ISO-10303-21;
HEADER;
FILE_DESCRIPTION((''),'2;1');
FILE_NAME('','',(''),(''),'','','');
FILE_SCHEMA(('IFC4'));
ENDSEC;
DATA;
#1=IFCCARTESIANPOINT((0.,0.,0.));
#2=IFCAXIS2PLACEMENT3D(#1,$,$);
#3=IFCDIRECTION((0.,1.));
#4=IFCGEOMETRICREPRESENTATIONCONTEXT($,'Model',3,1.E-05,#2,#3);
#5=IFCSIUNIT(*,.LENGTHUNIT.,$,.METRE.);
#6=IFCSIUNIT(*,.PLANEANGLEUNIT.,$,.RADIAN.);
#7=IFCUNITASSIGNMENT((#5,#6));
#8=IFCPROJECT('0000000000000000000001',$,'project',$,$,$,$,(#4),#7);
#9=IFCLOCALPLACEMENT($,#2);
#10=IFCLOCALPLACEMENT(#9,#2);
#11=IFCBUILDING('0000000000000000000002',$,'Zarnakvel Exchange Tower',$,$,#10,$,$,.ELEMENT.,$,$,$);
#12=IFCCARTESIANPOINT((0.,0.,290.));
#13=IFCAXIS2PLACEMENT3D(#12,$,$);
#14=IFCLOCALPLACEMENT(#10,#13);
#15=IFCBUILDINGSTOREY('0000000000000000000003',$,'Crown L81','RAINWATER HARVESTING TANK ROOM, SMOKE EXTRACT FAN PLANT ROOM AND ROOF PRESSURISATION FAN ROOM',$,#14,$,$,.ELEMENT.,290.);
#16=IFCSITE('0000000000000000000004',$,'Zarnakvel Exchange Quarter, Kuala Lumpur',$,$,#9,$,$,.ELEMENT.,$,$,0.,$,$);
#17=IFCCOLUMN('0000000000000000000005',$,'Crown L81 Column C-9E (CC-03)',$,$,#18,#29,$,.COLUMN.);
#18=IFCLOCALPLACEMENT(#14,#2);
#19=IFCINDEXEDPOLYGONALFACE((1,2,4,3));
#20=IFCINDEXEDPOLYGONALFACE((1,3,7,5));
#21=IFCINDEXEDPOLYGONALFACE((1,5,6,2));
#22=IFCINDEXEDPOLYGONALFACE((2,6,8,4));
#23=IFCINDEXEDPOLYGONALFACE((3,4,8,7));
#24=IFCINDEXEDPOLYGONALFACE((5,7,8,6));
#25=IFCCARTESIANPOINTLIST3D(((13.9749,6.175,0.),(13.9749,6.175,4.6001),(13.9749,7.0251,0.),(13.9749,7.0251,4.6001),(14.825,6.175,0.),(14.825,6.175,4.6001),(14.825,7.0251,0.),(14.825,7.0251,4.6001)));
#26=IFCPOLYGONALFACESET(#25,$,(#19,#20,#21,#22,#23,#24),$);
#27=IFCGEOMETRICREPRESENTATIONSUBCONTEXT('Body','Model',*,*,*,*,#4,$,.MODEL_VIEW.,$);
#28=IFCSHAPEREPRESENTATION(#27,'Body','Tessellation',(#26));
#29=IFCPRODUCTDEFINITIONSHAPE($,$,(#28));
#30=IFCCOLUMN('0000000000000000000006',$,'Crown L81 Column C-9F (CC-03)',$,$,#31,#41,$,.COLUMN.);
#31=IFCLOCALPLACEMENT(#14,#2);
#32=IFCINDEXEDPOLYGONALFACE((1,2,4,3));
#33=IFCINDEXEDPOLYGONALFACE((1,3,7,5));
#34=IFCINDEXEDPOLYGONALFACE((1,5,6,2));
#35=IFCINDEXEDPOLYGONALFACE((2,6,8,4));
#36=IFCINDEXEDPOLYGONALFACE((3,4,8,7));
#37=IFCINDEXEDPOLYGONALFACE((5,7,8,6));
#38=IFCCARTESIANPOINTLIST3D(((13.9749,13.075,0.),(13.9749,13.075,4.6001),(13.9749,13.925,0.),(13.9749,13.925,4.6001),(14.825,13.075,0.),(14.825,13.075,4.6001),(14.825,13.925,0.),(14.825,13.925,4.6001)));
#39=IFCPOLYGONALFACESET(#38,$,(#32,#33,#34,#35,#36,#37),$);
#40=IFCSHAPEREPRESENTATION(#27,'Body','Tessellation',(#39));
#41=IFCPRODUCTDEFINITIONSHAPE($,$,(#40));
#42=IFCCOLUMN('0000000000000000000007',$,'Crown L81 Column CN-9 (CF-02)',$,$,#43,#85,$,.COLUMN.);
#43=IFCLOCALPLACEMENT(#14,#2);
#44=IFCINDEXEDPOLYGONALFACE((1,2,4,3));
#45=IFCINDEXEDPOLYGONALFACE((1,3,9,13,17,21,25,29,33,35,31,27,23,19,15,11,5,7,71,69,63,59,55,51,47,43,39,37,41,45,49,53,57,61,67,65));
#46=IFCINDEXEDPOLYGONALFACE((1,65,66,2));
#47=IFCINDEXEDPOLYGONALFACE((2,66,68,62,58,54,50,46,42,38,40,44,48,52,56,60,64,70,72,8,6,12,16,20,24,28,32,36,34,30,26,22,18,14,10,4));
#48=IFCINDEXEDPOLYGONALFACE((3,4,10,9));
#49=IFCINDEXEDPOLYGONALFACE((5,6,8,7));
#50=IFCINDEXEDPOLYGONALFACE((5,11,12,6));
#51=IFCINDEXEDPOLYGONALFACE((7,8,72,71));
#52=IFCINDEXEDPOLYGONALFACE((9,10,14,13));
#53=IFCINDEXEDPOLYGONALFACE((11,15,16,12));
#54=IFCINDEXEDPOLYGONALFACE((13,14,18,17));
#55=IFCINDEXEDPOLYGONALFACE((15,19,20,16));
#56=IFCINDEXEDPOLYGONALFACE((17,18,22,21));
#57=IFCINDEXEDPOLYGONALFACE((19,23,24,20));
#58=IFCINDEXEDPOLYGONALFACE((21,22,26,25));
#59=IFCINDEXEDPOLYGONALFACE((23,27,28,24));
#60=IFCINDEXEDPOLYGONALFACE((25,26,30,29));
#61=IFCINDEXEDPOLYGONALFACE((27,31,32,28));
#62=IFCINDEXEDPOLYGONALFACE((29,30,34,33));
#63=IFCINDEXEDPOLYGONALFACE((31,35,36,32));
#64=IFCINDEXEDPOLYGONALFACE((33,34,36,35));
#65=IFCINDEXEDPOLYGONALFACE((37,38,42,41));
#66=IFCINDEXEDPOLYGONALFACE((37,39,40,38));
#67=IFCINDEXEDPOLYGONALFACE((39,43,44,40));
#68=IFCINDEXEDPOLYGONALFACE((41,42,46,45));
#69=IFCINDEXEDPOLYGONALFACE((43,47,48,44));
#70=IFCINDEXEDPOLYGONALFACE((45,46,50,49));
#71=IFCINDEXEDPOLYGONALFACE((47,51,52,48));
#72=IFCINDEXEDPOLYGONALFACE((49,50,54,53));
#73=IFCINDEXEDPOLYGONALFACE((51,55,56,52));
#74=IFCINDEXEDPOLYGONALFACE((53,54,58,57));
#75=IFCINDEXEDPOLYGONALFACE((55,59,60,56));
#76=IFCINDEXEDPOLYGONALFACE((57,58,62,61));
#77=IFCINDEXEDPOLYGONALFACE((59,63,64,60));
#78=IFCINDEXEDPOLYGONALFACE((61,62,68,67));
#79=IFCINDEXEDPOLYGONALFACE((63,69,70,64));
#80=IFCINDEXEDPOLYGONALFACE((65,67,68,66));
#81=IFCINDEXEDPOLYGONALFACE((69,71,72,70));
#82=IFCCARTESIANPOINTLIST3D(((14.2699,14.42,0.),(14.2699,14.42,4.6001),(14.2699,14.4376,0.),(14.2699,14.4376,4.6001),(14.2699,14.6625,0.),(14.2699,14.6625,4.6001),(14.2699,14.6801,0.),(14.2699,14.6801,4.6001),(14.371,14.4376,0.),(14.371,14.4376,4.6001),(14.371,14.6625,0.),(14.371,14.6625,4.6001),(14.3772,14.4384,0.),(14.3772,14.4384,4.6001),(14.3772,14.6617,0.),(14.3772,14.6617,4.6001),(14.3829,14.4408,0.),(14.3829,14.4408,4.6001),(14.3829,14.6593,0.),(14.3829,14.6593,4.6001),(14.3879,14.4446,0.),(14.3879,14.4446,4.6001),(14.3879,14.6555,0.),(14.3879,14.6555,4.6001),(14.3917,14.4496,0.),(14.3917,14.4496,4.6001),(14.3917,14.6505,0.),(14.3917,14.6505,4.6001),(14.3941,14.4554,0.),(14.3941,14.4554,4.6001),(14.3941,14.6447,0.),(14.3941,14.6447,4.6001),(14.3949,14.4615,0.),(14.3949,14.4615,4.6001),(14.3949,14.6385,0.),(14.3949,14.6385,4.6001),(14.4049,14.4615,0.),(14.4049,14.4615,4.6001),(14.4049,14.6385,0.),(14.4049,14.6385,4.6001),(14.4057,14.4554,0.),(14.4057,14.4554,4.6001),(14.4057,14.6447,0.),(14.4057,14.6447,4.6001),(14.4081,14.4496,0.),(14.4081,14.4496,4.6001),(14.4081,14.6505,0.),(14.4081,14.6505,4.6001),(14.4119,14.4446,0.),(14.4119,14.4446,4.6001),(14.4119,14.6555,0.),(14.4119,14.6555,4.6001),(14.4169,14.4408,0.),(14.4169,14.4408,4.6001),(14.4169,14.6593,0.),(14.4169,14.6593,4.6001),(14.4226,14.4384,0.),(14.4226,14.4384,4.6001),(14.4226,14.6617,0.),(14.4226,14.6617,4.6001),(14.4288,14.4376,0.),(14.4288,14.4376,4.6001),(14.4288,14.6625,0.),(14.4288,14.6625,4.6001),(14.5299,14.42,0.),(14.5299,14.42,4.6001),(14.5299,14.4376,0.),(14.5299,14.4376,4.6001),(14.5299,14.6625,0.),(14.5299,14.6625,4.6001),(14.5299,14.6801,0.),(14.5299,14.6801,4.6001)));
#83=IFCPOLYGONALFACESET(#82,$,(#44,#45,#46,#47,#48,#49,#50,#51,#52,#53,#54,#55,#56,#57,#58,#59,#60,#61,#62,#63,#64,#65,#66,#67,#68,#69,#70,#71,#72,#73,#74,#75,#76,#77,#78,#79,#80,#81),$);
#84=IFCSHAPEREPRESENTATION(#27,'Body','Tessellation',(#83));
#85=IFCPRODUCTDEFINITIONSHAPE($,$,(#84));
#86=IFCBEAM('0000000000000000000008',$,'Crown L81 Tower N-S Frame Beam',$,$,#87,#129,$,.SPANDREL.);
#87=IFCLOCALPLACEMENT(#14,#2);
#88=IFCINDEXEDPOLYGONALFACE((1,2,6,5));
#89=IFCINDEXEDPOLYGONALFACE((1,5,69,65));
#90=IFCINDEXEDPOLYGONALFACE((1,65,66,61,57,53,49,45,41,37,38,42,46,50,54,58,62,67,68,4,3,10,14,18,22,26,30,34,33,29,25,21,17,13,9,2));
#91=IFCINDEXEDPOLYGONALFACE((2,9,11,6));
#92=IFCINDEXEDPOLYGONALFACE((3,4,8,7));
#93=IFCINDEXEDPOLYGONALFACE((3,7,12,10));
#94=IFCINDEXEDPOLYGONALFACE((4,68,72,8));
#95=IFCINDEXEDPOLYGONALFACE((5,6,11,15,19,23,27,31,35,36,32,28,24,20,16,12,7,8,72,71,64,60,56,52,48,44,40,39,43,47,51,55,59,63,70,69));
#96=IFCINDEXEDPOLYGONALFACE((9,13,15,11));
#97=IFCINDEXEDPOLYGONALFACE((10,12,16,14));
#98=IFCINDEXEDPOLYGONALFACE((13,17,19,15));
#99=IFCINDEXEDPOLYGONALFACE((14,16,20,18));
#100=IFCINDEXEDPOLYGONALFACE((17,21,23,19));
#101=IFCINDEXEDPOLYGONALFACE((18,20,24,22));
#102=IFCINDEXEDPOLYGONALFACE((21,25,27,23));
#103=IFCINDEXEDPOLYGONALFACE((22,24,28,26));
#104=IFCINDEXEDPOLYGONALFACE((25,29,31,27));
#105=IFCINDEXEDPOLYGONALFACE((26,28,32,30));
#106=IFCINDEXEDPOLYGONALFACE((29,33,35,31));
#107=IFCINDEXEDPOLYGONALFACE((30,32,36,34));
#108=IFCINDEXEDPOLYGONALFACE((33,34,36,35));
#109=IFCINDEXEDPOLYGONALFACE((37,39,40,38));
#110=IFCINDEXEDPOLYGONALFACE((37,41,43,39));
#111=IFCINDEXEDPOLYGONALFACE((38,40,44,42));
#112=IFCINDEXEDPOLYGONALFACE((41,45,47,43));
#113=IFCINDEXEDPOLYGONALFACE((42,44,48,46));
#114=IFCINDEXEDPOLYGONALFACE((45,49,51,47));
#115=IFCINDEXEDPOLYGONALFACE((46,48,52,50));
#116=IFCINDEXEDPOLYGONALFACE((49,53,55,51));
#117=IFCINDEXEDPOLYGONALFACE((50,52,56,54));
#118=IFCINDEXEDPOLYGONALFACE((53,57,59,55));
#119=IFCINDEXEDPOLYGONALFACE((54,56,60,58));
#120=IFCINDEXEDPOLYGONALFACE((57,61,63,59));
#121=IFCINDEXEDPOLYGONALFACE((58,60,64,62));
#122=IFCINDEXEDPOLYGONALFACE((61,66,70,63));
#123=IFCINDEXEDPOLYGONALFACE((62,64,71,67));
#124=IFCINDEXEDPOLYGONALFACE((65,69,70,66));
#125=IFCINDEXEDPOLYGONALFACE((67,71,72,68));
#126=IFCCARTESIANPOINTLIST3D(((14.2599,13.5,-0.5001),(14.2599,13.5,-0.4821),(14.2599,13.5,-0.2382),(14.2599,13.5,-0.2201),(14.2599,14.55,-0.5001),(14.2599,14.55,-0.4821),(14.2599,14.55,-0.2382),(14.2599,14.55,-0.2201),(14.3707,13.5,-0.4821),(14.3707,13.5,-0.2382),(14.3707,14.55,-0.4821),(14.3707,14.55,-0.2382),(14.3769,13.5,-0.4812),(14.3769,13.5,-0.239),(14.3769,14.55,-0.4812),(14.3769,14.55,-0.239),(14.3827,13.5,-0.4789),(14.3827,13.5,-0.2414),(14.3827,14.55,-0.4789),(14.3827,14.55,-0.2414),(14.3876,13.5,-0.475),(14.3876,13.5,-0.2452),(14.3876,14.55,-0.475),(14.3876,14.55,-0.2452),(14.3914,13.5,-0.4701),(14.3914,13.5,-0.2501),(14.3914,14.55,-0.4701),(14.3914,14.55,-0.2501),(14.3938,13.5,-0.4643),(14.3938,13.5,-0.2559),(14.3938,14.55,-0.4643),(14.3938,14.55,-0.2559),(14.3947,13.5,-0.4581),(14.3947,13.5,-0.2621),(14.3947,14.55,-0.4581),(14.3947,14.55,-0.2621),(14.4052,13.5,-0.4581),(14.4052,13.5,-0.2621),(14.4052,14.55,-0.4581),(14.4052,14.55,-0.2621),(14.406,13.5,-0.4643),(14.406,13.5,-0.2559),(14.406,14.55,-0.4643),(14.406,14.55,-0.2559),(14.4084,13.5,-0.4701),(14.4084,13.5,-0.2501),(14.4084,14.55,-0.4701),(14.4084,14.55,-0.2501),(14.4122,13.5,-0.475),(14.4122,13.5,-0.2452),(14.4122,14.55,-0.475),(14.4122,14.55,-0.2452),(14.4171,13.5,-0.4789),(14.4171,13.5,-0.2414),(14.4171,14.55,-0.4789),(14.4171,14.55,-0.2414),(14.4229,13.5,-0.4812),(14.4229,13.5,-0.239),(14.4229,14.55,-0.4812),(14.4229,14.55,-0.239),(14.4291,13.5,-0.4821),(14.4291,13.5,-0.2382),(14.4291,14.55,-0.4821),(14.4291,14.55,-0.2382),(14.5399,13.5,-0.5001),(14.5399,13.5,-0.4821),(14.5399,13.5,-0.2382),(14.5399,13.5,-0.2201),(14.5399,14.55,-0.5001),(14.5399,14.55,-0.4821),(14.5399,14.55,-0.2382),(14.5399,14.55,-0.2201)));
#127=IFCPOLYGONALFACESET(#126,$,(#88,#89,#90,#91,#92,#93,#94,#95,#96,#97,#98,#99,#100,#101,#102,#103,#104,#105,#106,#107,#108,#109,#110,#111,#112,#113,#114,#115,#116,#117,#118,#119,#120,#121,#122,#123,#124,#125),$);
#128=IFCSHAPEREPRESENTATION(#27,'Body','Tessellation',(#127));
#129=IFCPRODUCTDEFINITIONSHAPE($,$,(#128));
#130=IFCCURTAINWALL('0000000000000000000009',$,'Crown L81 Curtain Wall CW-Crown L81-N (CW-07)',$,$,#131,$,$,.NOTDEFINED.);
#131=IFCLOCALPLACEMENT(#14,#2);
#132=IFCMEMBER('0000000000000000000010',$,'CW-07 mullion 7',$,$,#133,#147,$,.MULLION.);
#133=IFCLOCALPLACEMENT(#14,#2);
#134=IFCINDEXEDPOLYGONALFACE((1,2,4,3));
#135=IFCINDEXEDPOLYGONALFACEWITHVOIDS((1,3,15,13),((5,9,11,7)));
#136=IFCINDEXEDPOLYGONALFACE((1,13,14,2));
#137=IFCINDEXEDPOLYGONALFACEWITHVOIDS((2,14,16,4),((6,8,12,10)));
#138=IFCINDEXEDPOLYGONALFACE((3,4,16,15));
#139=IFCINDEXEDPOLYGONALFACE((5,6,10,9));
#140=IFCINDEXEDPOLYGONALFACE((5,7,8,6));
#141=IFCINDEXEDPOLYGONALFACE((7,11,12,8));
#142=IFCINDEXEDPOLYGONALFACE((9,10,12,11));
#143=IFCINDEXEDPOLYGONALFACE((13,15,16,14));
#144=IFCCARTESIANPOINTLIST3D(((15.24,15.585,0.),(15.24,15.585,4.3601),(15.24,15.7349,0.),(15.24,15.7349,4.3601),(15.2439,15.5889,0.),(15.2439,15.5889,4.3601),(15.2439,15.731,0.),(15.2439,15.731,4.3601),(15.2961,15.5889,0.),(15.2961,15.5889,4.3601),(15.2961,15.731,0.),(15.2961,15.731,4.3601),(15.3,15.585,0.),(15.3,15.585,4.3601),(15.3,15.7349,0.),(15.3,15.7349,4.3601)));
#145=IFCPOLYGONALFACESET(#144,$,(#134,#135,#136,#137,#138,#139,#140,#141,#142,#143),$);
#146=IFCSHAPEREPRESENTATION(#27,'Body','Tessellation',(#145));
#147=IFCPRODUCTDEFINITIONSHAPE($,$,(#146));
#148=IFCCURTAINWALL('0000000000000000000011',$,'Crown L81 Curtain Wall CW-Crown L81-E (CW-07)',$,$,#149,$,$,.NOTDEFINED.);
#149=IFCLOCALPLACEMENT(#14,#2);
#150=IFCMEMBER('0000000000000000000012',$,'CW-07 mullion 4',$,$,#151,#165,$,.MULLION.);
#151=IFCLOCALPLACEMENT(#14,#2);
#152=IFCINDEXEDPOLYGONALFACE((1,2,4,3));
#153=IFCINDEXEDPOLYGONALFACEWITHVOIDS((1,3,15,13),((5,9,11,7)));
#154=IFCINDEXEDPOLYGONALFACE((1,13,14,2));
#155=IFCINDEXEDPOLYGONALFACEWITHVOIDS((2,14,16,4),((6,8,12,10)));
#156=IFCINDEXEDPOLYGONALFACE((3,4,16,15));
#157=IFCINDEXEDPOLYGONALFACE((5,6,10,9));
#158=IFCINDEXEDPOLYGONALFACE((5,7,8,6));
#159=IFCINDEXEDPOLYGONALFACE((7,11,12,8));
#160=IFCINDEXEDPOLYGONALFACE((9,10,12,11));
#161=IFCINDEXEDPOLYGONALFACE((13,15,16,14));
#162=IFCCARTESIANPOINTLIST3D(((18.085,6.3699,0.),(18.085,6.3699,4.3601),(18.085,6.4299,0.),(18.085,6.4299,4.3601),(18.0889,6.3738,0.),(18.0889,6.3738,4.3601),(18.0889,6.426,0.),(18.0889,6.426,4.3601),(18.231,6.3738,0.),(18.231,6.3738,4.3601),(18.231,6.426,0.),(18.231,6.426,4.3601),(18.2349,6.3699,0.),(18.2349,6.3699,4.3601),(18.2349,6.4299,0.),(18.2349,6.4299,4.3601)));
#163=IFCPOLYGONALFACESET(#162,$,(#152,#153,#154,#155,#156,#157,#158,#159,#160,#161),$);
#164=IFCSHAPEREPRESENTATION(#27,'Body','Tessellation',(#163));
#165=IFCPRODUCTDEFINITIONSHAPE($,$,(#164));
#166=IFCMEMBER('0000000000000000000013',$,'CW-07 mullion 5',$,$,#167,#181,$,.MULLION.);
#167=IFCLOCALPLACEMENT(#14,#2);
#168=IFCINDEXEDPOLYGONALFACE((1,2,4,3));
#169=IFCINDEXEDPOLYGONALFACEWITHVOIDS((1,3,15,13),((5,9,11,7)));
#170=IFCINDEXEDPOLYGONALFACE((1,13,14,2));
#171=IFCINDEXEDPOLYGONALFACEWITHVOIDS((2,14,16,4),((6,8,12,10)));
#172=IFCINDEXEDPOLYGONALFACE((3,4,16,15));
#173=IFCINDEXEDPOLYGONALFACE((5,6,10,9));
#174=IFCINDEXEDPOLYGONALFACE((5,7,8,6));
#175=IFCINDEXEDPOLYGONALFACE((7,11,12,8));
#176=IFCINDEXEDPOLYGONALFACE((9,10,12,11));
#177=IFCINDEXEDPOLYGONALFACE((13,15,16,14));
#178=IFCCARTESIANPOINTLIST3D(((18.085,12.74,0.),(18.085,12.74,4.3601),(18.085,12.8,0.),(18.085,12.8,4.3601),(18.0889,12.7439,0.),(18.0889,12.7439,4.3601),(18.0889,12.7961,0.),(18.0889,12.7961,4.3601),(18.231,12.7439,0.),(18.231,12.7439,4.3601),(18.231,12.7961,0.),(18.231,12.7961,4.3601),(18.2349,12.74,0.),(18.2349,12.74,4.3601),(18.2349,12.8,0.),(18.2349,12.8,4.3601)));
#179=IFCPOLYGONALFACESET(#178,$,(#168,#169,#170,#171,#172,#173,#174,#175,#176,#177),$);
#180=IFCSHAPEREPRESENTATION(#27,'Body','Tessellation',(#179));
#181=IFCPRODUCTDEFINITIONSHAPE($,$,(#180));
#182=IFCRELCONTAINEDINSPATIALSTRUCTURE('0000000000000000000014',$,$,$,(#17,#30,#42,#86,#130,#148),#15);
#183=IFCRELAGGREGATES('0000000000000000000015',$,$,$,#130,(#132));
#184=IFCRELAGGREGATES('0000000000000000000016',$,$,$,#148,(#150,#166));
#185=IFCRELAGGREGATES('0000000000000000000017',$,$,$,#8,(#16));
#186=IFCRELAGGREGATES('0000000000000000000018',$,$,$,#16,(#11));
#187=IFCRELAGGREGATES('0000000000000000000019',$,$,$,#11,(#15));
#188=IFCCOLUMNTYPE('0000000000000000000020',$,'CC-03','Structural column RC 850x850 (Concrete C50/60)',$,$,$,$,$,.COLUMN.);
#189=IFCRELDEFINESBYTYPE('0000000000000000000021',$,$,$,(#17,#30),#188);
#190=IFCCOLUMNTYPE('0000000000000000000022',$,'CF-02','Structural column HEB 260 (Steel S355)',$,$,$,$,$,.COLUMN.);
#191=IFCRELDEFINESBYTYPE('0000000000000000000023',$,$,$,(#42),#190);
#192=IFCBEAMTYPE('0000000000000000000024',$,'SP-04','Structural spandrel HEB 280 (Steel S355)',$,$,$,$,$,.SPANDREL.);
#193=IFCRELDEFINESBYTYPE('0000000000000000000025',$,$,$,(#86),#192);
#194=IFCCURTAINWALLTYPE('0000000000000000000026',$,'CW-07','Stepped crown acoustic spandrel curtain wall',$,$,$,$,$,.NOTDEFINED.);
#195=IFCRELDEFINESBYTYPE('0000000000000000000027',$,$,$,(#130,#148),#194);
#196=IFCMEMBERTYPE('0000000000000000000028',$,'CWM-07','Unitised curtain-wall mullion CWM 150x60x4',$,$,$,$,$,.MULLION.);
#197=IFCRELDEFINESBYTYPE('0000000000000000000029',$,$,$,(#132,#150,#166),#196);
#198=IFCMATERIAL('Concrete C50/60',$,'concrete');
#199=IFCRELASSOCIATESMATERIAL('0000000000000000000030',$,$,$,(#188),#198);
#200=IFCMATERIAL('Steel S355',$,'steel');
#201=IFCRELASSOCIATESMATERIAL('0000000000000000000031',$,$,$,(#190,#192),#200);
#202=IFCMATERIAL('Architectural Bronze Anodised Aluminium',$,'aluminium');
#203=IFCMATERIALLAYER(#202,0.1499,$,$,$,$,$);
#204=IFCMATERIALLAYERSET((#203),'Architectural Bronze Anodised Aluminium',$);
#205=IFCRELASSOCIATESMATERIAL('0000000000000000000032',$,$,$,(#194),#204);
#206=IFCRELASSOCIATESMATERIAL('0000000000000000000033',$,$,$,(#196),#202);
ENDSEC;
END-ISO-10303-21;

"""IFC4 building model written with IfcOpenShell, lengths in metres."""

from ifc_helpers import new_model, si_unit, direction, frame, origin, origin_2d, place, context, subcontext, project, spatial, rectangle, hollow_rectangle, i_section, extrude, source, transform, mapped, material, layer, layer_set, material_profile, profile_set, type_object, element, aggregate, save


model = new_model("IFC4")

# Units and contexts
model_context = context("Model", 3, precision=1e-05, world=origin(), true_north=direction((0.0, 1.0)))
body_context = subcontext(model_context, "Body", "Model", "MODEL_VIEW")
ifc_project = project(units=[si_unit("LENGTHUNIT", "METRE"), si_unit("PLANEANGLEUNIT", "RADIAN")], contexts=[model_context])

# Site, building, storey
site_placement = place(None, origin())
site = spatial("IfcSite", under=ifc_project, at=site_placement, Name="Zarnakvel Exchange Quarter, Kuala Lumpur", CompositionType="ELEMENT", RefElevation=0.0)
building_placement = place(site_placement, origin())
building = spatial("IfcBuilding", under=site, at=building_placement, Name="Zarnakvel Exchange Tower", CompositionType="ELEMENT")
storey_placement = place(building_placement, frame((0.0, 0.0, 290.0)))
storey = spatial("IfcBuildingStorey", under=building, at=storey_placement, Name="Crown L81", Description="RAINWATER HARVESTING TANK ROOM, SMOKE EXTRACT FAN PLANT ROOM AND ROOF PRESSURISATION FAN ROOM", CompositionType="ELEMENT", Elevation=290.0)

# Columns
ifc_material_1 = material(Name="Concrete C50/60", Category="concrete")
ifc_material_profile_1 = material_profile(ifc_material_1, rectangle(XDim=0.8501, YDim=0.8501, at=origin_2d()))
ifc_profile_set_1 = profile_set([ifc_material_profile_1], Name="Concrete C50/60")
column_type_1 = type_object("IfcColumnType", Name="CC-03", Description="Structural column RC 850x850 (Concrete C50/60)", PredefinedType="COLUMN", material=ifc_profile_set_1)
for number, where, z_axis, x_axis, name in (
    (1, (14.3999, 6.6001, 0.0), (0.0, 0.0, 1.0), (1.0, 0.0, 0.0), "Crown L81 Column C-9E (CC-03)"),
    (2, (14.3999, 13.5, 0.0), (0.0, 0.0, 1.0), (1.0, 0.0, 0.0), "Crown L81 Column C-9F (CC-03)"),
):
    element("IfcColumn", number, at=place(storey_placement, frame(where, z_axis=z_axis, x_axis=x_axis)), inside=storey, type_object=column_type_1, Name=name, PredefinedType="COLUMN", context=body_context, shape_type="SweptSolid", body=[
        extrude(rectangle(XDim=0.8501, YDim=0.8501, at=origin_2d()), origin(), (0.0, 0.0, 1.0), 4.6001),
    ])
ifc_material_2 = material(Name="Steel S355", Category="steel")
ifc_material_profile_2 = material_profile(ifc_material_2, i_section(OverallWidth=0.26, OverallDepth=0.26, WebThickness=0.01, FlangeThickness=0.0176, FilletRadius=0.0239, at=origin_2d()))
ifc_profile_set_2 = profile_set([ifc_material_profile_2], Name="Steel S355")
column_type_2 = type_object("IfcColumnType", Name="CF-02", Description="Structural column HEB 260 (Steel S355)", PredefinedType="COLUMN", material=ifc_profile_set_2)
column_placement = place(storey_placement, frame((14.3999, 14.55, 0.0), z_axis=(0.0, 0.0, 1.0), x_axis=(1.0, 0.0, 0.0)))
element("IfcColumn", 3, at=column_placement, inside=storey, type_object=column_type_2, Name="Crown L81 Column CN-9 (CF-02)", PredefinedType="COLUMN", context=body_context, shape_type="SweptSolid", body=[
    extrude(i_section(OverallWidth=0.26, OverallDepth=0.26, WebThickness=0.01, FlangeThickness=0.0176, FilletRadius=0.0239, at=origin_2d()), origin(), (0.0, 0.0, 1.0), 4.6001),
])

# Beam
ifc_material_profile_3 = material_profile(ifc_material_2, i_section(OverallWidth=0.28, OverallDepth=0.28, WebThickness=0.0105, FlangeThickness=0.0181, FilletRadius=0.0239, at=origin_2d()))
ifc_profile_set_3 = profile_set([ifc_material_profile_3], Name="Steel S355")
beam_type = type_object("IfcBeamType", Name="SP-04", Description="Structural spandrel HEB 280 (Steel S355)", PredefinedType="SPANDREL", material=ifc_profile_set_3)
beam_placement = place(storey_placement, frame((14.3999, 13.5, -0.3601), z_axis=(0.0, 1.0, 0.0), x_axis=(-1.0, 0.0, 0.0)))
element("IfcBeam", 4, at=beam_placement, inside=storey, type_object=beam_type, Name="Crown L81 Tower N-S Frame Beam", PredefinedType="SPANDREL", context=body_context, shape_type="SweptSolid", body=[
    extrude(i_section(OverallWidth=0.28, OverallDepth=0.28, WebThickness=0.0105, FlangeThickness=0.0181, FilletRadius=0.0239, at=origin_2d()), origin(), (0.0, 0.0, 1.0), 1.05),
])

# Curtain wall, member
ifc_material_3 = material(Name="Architectural Bronze Anodised Aluminium", Category="aluminium")
ifc_layer_1 = layer(ifc_material_3, 0.1499)
ifc_layer_set_1 = layer_set([ifc_layer_1], Name="Architectural Bronze Anodised Aluminium")
curtain_wall_type = type_object("IfcCurtainWallType", Name="CW-07", Description="Stepped crown acoustic spandrel curtain wall", PredefinedType="NOTDEFINED", material=ifc_layer_set_1)
curtain_wall_1_placement = place(storey_placement, origin())
curtain_wall_1 = element("IfcCurtainWall", 5, at=curtain_wall_1_placement, inside=storey, type_object=curtain_wall_type, Name="Crown L81 Curtain Wall CW-Crown L81-N (CW-07)", PredefinedType="NOTDEFINED")
ifc_material_profile_4 = material_profile(ifc_material_3, hollow_rectangle(XDim=0.1499, YDim=0.0601, WallThickness=0.0039, at=origin_2d()))
ifc_profile_set_4 = profile_set([ifc_material_profile_4], Name="Architectural Bronze Anodised Aluminium")
member_type_1 = type_object("IfcMemberType", Name="CWM-07", Description="Unitised curtain-wall mullion CWM 150x60x4", PredefinedType="MULLION", material=ifc_profile_set_4)
shared_shape_1 = source(origin(), body_context, "Body", "SweptSolid", [
    extrude(hollow_rectangle(XDim=0.1499, YDim=0.0601, WallThickness=0.0039, at=origin_2d()), origin(), (0.0, 0.0, 1.0), 4.3601),
])
member_1_placement = place(storey_placement, frame((15.27, 15.6599, 0.0), z_axis=(0.0, 0.0, 1.0), x_axis=(0.0, 1.0, 0.0)))
member_1 = element("IfcMember", 6, at=member_1_placement, type_object=member_type_1, Name="CW-07 mullion 7", PredefinedType="MULLION", context=body_context, shape_type="MappedRepresentation", body=[
    mapped(shared_shape_1, transform((0.0, 0.0, 0.0), x_axis=(1.0, 0.0, 0.0), y_axis=(0.0, 1.0, 0.0), z_axis=(0.0, 0.0, 1.0), scale=1.0)),
])

# Curtain wall, members
curtain_wall_2_placement = place(storey_placement, origin())
curtain_wall_2 = element("IfcCurtainWall", 7, at=curtain_wall_2_placement, inside=storey, type_object=curtain_wall_type, Name="Crown L81 Curtain Wall CW-Crown L81-E (CW-07)", PredefinedType="NOTDEFINED")
member_2_placement = place(storey_placement, frame((18.1599, 6.3999, 0.0), z_axis=(0.0, 0.0, 1.0), x_axis=(-1.0, 0.0, 0.0)))
member_2 = element("IfcMember", 8, at=member_2_placement, type_object=member_type_1, Name="CW-07 mullion 4", PredefinedType="MULLION", context=body_context, shape_type="MappedRepresentation", body=[
    mapped(shared_shape_1, transform((0.0, 0.0, 0.0), x_axis=(1.0, 0.0, 0.0), y_axis=(0.0, 1.0, 0.0), z_axis=(0.0, 0.0, 1.0), scale=1.0)),
])
member_3_placement = place(storey_placement, frame((18.1599, 12.77, 0.0), z_axis=(0.0, 0.0, 1.0), x_axis=(-1.0, 0.0, 0.0)))
member_3 = element("IfcMember", 9, at=member_3_placement, type_object=member_type_1, Name="CW-07 mullion 5", PredefinedType="MULLION", context=body_context, shape_type="MappedRepresentation", body=[
    mapped(shared_shape_1, transform((0.0, 0.0, 0.0), x_axis=(1.0, 0.0, 0.0), y_axis=(0.0, 1.0, 0.0), z_axis=(0.0, 0.0, 1.0), scale=1.0)),
])

aggregate(curtain_wall_1, [member_1])
aggregate(curtain_wall_2, [member_2, member_3])

save(model, "model.ifc")
